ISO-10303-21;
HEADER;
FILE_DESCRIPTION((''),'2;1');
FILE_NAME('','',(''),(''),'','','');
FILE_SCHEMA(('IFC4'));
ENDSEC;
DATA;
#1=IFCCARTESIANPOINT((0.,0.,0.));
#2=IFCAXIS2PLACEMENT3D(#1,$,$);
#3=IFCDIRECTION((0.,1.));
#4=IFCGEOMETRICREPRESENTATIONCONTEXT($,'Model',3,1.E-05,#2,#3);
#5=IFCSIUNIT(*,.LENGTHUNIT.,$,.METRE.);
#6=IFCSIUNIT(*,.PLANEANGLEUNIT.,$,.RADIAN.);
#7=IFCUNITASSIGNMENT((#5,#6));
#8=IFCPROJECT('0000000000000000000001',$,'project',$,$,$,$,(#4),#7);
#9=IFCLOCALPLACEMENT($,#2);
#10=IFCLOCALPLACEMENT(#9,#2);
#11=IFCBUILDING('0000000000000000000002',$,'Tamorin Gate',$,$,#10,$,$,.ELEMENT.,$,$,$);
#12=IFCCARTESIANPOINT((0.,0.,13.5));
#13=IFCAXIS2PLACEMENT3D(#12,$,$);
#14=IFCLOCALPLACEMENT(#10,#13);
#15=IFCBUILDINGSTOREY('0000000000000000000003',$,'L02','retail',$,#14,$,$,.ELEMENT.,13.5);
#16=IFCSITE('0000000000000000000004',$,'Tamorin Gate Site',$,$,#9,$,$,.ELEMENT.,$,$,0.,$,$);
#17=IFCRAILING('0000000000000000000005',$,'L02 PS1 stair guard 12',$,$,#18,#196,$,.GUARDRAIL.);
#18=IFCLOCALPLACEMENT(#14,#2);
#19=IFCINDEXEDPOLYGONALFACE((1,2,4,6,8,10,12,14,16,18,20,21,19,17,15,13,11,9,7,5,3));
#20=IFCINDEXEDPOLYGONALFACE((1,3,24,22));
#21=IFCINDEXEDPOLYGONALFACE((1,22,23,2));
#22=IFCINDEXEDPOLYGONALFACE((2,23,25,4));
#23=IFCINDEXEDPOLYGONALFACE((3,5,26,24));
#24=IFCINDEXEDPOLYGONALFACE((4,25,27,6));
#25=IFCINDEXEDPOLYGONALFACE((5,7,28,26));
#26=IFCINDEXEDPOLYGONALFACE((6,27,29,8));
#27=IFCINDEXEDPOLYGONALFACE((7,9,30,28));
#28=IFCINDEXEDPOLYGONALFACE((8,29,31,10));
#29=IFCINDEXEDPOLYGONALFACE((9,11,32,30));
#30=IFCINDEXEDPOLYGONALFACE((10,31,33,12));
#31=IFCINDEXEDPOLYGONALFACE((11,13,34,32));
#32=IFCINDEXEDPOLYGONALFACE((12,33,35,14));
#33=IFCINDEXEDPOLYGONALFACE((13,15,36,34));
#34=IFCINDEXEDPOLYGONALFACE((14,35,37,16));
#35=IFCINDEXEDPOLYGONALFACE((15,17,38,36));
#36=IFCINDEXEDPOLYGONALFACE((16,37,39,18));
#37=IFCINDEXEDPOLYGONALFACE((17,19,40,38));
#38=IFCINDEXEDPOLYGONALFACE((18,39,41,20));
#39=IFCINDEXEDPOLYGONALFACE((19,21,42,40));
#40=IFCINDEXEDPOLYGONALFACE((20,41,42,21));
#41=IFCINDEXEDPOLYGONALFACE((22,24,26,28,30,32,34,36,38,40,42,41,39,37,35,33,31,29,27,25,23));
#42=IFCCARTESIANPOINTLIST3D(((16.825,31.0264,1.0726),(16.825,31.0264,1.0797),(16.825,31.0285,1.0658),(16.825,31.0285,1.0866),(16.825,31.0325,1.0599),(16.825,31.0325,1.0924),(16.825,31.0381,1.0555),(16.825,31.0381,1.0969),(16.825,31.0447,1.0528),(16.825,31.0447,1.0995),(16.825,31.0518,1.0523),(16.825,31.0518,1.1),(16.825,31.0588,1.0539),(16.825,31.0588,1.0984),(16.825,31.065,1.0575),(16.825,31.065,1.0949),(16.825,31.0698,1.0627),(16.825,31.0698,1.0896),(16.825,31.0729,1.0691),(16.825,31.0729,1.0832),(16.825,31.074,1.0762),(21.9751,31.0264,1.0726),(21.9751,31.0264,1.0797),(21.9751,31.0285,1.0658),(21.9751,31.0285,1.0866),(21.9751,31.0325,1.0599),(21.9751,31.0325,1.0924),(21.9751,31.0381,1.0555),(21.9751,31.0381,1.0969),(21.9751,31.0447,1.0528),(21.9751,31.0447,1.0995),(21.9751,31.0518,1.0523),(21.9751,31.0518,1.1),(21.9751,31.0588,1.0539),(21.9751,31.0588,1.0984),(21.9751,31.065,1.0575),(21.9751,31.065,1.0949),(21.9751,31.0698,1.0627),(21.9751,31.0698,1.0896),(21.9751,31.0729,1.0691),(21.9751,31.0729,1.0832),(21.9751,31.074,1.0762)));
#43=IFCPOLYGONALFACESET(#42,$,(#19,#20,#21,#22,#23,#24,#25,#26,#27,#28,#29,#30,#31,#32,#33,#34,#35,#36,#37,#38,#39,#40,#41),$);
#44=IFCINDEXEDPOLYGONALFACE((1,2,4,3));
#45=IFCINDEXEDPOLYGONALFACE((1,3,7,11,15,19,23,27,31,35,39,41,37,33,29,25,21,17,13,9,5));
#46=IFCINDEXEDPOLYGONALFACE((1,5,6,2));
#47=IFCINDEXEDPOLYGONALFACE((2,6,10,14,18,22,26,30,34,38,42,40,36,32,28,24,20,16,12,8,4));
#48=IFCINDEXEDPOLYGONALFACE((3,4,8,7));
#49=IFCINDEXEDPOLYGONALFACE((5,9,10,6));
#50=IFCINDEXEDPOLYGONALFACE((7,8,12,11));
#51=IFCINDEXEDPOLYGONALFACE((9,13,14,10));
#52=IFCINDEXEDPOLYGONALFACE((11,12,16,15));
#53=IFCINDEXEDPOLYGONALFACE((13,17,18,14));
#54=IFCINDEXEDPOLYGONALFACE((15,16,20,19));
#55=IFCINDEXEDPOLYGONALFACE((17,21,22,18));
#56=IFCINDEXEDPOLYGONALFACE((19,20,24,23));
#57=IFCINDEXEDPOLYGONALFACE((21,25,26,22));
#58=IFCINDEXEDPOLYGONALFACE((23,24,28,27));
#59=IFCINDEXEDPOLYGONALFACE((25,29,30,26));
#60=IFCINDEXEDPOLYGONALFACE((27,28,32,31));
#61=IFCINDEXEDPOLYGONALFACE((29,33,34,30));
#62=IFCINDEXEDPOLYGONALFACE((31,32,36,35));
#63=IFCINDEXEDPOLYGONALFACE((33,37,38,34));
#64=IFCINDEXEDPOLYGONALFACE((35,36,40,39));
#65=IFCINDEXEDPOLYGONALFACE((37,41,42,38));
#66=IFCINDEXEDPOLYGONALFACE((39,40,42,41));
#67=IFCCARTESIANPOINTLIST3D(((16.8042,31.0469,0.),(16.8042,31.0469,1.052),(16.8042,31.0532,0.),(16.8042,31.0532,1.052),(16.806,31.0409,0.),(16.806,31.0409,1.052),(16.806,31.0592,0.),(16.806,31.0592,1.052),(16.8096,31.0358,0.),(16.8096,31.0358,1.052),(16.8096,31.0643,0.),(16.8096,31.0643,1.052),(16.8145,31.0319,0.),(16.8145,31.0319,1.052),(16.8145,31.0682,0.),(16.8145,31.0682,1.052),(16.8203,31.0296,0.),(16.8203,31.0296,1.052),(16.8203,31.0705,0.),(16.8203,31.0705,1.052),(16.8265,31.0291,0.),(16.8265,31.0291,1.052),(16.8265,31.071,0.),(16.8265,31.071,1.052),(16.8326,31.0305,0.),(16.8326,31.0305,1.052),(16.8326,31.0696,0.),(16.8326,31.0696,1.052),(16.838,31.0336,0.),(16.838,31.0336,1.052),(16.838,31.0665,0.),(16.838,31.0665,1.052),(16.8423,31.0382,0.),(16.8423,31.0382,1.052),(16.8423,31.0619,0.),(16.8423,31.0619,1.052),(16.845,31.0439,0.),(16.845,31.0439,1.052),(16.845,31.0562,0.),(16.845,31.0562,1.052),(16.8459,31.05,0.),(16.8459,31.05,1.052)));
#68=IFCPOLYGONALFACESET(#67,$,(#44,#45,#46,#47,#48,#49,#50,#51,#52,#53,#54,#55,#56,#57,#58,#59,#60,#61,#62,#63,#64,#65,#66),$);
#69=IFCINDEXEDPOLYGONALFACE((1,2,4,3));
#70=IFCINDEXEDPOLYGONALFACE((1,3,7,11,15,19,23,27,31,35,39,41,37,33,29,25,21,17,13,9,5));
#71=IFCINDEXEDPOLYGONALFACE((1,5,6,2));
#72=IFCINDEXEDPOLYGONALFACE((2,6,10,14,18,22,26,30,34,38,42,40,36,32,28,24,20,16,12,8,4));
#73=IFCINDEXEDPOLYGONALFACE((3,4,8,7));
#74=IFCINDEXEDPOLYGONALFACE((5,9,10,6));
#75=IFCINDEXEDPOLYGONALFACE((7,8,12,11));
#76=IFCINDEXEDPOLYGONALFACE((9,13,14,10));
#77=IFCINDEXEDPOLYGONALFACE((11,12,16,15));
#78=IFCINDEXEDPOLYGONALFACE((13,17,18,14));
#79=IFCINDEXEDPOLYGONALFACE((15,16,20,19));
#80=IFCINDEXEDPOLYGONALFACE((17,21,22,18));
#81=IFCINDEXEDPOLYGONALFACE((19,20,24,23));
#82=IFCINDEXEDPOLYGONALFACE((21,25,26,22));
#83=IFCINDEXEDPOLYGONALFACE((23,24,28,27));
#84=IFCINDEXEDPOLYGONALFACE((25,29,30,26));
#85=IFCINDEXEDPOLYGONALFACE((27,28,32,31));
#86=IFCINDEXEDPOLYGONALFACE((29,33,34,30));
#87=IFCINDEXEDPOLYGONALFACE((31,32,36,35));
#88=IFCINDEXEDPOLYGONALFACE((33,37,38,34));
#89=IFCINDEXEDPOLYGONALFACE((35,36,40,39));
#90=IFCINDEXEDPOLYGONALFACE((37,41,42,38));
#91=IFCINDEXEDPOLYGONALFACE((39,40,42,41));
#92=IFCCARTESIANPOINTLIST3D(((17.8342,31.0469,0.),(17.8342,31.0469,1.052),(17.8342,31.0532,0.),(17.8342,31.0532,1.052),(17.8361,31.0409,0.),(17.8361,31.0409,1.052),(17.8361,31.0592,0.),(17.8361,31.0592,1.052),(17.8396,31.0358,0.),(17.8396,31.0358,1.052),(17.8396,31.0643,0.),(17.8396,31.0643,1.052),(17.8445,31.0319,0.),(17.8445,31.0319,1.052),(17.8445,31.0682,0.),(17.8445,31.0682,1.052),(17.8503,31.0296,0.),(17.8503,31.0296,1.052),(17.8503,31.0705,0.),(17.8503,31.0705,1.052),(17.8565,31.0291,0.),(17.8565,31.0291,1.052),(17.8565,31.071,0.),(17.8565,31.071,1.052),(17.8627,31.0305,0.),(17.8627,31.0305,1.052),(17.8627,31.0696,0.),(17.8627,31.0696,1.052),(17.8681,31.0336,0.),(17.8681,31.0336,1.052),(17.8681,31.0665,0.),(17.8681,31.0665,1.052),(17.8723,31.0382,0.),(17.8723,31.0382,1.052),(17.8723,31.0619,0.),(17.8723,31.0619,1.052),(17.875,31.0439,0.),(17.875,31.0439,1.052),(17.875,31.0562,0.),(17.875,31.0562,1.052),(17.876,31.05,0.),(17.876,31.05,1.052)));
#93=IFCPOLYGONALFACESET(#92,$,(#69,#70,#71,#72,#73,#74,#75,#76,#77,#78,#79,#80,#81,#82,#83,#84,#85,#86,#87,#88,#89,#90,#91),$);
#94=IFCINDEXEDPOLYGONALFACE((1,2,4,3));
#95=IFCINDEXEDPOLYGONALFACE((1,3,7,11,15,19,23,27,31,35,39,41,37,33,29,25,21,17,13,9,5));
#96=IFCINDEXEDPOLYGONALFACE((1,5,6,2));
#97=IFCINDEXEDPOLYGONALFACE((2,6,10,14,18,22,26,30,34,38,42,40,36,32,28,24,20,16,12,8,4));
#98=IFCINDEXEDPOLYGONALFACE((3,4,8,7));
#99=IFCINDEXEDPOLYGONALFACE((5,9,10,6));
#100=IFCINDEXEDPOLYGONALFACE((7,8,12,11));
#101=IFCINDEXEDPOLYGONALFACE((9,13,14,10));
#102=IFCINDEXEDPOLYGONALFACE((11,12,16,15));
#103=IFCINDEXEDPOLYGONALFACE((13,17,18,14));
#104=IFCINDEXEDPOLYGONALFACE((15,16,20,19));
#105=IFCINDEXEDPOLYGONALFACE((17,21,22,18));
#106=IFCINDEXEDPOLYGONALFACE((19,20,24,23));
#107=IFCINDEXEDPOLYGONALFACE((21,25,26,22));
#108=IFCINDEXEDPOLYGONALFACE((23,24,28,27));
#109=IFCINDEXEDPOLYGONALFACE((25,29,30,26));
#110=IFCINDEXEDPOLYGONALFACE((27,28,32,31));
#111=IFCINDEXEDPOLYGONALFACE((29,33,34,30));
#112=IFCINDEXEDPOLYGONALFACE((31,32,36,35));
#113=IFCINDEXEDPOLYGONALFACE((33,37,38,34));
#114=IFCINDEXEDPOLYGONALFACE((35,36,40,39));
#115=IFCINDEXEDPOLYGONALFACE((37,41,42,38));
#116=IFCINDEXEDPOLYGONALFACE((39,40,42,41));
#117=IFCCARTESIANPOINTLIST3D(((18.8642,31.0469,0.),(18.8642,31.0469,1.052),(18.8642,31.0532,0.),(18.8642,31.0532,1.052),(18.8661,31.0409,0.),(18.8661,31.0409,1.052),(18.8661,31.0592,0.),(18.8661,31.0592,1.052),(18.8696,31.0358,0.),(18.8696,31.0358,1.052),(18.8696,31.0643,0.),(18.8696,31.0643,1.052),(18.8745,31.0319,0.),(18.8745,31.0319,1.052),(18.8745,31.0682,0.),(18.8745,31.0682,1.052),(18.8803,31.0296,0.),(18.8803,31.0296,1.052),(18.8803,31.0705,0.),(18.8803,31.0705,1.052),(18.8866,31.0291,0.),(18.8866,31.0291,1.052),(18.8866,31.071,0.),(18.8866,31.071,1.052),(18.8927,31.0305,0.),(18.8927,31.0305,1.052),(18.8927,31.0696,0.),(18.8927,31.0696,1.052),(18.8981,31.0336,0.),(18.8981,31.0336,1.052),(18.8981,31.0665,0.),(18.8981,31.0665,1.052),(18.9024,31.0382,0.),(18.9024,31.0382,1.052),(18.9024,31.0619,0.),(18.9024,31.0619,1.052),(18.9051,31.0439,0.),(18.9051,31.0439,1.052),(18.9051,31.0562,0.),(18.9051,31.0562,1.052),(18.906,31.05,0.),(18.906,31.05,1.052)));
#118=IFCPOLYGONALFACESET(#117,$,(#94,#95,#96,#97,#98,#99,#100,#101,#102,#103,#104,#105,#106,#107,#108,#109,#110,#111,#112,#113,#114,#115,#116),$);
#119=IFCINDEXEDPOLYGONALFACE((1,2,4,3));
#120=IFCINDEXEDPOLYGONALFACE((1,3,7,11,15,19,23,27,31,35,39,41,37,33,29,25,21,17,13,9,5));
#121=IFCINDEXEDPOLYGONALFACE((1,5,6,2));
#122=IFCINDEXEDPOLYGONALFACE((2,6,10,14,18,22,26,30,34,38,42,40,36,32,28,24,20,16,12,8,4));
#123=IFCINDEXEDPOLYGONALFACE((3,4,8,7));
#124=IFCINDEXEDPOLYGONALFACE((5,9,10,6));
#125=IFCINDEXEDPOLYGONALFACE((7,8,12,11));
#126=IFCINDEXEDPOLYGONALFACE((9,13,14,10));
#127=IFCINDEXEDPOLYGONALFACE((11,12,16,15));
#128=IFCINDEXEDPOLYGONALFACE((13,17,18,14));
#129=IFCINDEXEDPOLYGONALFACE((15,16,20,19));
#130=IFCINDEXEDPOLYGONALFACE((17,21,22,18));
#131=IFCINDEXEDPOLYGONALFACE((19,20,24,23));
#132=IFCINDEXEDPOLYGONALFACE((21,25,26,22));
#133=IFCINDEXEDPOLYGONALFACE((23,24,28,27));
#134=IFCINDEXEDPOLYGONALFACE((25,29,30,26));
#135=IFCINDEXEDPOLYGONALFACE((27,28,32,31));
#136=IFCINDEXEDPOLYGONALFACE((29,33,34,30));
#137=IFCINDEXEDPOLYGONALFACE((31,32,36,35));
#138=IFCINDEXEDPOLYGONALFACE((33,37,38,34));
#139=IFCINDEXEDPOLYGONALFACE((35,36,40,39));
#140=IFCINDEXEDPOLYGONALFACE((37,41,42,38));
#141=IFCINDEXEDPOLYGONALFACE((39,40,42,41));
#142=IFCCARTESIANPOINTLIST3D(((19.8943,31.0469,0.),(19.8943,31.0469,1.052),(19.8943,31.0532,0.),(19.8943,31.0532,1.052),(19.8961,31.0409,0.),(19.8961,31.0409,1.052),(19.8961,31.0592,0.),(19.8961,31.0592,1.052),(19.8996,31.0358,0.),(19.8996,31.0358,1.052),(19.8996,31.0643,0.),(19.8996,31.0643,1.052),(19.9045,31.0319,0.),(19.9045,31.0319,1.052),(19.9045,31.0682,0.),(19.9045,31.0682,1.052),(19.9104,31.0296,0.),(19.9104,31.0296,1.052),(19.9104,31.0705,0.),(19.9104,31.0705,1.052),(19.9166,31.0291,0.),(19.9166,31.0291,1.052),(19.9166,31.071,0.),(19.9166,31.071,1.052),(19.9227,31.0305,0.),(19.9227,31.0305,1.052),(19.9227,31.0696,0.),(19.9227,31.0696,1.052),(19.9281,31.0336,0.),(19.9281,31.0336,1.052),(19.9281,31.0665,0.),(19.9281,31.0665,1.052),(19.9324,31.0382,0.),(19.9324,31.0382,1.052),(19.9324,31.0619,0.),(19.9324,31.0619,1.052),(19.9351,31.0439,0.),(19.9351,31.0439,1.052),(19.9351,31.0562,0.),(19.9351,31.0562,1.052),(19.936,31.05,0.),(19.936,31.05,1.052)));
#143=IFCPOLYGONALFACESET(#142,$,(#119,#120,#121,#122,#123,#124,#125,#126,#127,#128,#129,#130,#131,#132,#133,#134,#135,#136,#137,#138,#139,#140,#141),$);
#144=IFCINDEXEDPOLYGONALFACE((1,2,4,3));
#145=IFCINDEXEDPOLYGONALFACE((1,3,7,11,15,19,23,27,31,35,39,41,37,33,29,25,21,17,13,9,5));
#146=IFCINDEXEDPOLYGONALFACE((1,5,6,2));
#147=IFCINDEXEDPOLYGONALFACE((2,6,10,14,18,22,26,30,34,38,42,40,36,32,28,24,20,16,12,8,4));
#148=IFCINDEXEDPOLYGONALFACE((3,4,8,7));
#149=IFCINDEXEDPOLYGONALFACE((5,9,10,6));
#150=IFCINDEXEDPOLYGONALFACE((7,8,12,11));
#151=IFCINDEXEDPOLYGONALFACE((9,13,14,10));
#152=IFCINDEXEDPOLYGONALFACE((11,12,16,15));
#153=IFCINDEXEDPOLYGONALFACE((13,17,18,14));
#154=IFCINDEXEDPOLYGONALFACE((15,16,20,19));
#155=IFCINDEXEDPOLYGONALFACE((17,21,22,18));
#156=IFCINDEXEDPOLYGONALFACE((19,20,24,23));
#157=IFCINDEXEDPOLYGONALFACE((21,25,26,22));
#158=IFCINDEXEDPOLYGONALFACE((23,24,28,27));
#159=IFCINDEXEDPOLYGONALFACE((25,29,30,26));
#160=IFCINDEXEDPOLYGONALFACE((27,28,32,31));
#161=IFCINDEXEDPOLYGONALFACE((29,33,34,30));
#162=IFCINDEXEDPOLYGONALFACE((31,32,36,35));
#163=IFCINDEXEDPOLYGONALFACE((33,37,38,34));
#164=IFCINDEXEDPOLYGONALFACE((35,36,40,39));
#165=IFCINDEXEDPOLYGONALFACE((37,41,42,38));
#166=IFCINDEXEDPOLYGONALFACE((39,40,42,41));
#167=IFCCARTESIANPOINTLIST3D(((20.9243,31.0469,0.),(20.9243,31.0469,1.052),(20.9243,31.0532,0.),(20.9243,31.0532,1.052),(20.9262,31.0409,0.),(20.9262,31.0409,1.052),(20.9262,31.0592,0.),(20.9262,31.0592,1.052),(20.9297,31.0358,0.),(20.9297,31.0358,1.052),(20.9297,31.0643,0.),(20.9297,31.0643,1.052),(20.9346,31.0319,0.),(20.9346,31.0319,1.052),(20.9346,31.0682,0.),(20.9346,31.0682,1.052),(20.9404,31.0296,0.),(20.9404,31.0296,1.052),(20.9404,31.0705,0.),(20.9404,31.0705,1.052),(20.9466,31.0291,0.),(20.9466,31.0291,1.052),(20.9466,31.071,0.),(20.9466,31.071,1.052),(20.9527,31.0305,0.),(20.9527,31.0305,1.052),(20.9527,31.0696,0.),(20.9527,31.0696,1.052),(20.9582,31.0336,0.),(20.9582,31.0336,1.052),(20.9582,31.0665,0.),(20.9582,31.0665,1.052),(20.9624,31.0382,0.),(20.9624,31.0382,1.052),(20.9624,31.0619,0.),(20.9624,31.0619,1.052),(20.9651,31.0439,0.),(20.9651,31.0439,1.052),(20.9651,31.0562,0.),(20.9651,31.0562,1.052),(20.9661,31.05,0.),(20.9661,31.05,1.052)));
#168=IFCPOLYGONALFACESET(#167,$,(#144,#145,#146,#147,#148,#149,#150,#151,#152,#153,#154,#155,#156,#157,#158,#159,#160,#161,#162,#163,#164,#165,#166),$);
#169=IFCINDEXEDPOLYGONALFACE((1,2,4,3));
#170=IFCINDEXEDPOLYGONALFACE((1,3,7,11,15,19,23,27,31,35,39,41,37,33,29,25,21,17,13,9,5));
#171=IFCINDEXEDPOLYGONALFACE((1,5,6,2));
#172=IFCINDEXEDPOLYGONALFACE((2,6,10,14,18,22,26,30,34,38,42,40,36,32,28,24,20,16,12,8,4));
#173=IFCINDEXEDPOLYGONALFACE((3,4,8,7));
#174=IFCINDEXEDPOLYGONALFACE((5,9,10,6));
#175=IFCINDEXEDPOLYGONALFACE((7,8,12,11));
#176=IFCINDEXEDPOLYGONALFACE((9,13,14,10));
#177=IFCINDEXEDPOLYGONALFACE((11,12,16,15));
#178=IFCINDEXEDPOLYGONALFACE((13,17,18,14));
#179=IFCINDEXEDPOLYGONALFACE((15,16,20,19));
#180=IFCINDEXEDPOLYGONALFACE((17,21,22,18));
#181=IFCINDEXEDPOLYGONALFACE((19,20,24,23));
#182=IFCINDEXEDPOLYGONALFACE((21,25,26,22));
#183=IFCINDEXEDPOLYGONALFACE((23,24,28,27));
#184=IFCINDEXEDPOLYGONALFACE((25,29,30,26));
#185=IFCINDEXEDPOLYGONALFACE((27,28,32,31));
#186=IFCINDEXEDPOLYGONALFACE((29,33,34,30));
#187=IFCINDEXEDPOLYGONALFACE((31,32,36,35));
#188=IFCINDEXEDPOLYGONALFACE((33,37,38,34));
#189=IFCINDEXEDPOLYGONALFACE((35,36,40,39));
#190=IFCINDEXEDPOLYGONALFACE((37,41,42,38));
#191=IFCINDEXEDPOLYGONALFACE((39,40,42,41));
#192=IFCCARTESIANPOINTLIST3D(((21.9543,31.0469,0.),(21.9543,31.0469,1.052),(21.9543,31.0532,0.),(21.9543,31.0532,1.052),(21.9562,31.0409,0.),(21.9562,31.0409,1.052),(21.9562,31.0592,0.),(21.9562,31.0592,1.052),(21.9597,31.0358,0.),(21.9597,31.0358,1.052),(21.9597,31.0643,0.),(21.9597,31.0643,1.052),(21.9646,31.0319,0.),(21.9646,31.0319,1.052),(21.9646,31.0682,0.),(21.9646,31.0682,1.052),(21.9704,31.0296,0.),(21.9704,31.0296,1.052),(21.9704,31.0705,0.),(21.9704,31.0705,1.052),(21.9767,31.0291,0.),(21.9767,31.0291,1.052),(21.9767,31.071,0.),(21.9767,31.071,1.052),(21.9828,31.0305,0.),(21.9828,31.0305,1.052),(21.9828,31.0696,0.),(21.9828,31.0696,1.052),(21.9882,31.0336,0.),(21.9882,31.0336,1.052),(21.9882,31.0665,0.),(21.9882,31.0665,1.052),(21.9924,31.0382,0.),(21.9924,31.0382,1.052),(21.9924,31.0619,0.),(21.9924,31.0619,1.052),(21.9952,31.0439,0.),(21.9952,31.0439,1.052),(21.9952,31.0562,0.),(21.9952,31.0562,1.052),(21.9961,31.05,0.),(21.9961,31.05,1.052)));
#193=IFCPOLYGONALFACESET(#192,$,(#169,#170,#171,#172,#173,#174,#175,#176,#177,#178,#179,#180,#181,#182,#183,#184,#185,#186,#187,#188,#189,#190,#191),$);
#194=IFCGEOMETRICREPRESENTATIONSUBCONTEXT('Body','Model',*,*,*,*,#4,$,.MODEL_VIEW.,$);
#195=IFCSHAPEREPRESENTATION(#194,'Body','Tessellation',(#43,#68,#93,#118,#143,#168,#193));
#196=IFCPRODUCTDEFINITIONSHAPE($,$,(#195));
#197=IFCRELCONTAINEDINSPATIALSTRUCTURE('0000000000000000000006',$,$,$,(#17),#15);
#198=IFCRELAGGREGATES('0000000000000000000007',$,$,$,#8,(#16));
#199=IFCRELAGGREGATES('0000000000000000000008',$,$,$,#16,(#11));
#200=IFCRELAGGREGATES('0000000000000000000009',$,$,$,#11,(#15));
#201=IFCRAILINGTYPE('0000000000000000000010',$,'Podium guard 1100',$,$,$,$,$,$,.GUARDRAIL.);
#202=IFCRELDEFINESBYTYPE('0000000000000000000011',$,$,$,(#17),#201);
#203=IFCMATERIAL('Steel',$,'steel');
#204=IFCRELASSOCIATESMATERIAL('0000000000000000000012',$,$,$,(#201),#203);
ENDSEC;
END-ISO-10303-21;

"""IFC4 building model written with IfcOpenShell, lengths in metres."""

from ifc_helpers import new_model, si_unit, direction, frame, origin, origin_2d, place, context, subcontext, project, spatial, circle, extrude, material, type_object, element, save


model = new_model("IFC4")

# Units and contexts
model_context = context("Model", 3, precision=1e-05, world=origin(), true_north=direction((0.0, 1.0)))
body_context = subcontext(model_context, "Body", "Model", "MODEL_VIEW")
ifc_project = project(units=[si_unit("LENGTHUNIT", "METRE"), si_unit("PLANEANGLEUNIT", "RADIAN")], contexts=[model_context])

# Site, building, storey
site_placement = place(None, origin())
site = spatial("IfcSite", under=ifc_project, at=site_placement, Name="Tamorin Gate Site", CompositionType="ELEMENT", RefElevation=0.0)
building_placement = place(site_placement, origin())
building = spatial("IfcBuilding", under=site, at=building_placement, Name="Tamorin Gate", CompositionType="ELEMENT")
storey_placement = place(building_placement, frame((0.0, 0.0, 13.5)))
storey = spatial("IfcBuildingStorey", under=building, at=storey_placement, Name="L02", Description="retail", CompositionType="ELEMENT", Elevation=13.5)

# Railing
ifc_material_1 = material(Name="Steel", Category="steel")
railing_type = type_object("IfcRailingType", Name="Podium guard 1100", PredefinedType="GUARDRAIL", material=ifc_material_1)
railing_1_placement = place(storey_placement, frame((16.825, 31.05, 0.0)))
element("IfcRailing", 1, at=railing_1_placement, inside=storey, type_object=railing_type, Name="L02 PS1 stair guard 12", PredefinedType="GUARDRAIL", context=body_context, shape_type="SweptSolid", body=[
    extrude(circle(Radius=0.0239, at=origin_2d()), frame((0.0, 0.0, 1.0762), z_axis=(1.0, 0.0, 0.0), x_axis=(0.0, 1.0, 0.0)), (0.0, 0.0, 1.0), 5.1501),
    extrude(circle(Radius=0.021, at=origin_2d()), origin(), (0.0, 0.0, 1.0), 1.052),
    extrude(circle(Radius=0.021, at=origin_2d()), frame((1.03, 0.0, 0.0)), (0.0, 0.0, 1.0), 1.052),
    extrude(circle(Radius=0.021, at=origin_2d()), frame((2.0601, 0.0, 0.0)), (0.0, 0.0, 1.0), 1.052),
    extrude(circle(Radius=0.021, at=origin_2d()), frame((3.0901, 0.0, 0.0)), (0.0, 0.0, 1.0), 1.052),
    extrude(circle(Radius=0.021, at=origin_2d()), frame((4.1201, 0.0, 0.0)), (0.0, 0.0, 1.0), 1.052),
    extrude(circle(Radius=0.021, at=origin_2d()), frame((5.1501, 0.0, 0.0)), (0.0, 0.0, 1.0), 1.052),
])

save(model, "model.ifc")
